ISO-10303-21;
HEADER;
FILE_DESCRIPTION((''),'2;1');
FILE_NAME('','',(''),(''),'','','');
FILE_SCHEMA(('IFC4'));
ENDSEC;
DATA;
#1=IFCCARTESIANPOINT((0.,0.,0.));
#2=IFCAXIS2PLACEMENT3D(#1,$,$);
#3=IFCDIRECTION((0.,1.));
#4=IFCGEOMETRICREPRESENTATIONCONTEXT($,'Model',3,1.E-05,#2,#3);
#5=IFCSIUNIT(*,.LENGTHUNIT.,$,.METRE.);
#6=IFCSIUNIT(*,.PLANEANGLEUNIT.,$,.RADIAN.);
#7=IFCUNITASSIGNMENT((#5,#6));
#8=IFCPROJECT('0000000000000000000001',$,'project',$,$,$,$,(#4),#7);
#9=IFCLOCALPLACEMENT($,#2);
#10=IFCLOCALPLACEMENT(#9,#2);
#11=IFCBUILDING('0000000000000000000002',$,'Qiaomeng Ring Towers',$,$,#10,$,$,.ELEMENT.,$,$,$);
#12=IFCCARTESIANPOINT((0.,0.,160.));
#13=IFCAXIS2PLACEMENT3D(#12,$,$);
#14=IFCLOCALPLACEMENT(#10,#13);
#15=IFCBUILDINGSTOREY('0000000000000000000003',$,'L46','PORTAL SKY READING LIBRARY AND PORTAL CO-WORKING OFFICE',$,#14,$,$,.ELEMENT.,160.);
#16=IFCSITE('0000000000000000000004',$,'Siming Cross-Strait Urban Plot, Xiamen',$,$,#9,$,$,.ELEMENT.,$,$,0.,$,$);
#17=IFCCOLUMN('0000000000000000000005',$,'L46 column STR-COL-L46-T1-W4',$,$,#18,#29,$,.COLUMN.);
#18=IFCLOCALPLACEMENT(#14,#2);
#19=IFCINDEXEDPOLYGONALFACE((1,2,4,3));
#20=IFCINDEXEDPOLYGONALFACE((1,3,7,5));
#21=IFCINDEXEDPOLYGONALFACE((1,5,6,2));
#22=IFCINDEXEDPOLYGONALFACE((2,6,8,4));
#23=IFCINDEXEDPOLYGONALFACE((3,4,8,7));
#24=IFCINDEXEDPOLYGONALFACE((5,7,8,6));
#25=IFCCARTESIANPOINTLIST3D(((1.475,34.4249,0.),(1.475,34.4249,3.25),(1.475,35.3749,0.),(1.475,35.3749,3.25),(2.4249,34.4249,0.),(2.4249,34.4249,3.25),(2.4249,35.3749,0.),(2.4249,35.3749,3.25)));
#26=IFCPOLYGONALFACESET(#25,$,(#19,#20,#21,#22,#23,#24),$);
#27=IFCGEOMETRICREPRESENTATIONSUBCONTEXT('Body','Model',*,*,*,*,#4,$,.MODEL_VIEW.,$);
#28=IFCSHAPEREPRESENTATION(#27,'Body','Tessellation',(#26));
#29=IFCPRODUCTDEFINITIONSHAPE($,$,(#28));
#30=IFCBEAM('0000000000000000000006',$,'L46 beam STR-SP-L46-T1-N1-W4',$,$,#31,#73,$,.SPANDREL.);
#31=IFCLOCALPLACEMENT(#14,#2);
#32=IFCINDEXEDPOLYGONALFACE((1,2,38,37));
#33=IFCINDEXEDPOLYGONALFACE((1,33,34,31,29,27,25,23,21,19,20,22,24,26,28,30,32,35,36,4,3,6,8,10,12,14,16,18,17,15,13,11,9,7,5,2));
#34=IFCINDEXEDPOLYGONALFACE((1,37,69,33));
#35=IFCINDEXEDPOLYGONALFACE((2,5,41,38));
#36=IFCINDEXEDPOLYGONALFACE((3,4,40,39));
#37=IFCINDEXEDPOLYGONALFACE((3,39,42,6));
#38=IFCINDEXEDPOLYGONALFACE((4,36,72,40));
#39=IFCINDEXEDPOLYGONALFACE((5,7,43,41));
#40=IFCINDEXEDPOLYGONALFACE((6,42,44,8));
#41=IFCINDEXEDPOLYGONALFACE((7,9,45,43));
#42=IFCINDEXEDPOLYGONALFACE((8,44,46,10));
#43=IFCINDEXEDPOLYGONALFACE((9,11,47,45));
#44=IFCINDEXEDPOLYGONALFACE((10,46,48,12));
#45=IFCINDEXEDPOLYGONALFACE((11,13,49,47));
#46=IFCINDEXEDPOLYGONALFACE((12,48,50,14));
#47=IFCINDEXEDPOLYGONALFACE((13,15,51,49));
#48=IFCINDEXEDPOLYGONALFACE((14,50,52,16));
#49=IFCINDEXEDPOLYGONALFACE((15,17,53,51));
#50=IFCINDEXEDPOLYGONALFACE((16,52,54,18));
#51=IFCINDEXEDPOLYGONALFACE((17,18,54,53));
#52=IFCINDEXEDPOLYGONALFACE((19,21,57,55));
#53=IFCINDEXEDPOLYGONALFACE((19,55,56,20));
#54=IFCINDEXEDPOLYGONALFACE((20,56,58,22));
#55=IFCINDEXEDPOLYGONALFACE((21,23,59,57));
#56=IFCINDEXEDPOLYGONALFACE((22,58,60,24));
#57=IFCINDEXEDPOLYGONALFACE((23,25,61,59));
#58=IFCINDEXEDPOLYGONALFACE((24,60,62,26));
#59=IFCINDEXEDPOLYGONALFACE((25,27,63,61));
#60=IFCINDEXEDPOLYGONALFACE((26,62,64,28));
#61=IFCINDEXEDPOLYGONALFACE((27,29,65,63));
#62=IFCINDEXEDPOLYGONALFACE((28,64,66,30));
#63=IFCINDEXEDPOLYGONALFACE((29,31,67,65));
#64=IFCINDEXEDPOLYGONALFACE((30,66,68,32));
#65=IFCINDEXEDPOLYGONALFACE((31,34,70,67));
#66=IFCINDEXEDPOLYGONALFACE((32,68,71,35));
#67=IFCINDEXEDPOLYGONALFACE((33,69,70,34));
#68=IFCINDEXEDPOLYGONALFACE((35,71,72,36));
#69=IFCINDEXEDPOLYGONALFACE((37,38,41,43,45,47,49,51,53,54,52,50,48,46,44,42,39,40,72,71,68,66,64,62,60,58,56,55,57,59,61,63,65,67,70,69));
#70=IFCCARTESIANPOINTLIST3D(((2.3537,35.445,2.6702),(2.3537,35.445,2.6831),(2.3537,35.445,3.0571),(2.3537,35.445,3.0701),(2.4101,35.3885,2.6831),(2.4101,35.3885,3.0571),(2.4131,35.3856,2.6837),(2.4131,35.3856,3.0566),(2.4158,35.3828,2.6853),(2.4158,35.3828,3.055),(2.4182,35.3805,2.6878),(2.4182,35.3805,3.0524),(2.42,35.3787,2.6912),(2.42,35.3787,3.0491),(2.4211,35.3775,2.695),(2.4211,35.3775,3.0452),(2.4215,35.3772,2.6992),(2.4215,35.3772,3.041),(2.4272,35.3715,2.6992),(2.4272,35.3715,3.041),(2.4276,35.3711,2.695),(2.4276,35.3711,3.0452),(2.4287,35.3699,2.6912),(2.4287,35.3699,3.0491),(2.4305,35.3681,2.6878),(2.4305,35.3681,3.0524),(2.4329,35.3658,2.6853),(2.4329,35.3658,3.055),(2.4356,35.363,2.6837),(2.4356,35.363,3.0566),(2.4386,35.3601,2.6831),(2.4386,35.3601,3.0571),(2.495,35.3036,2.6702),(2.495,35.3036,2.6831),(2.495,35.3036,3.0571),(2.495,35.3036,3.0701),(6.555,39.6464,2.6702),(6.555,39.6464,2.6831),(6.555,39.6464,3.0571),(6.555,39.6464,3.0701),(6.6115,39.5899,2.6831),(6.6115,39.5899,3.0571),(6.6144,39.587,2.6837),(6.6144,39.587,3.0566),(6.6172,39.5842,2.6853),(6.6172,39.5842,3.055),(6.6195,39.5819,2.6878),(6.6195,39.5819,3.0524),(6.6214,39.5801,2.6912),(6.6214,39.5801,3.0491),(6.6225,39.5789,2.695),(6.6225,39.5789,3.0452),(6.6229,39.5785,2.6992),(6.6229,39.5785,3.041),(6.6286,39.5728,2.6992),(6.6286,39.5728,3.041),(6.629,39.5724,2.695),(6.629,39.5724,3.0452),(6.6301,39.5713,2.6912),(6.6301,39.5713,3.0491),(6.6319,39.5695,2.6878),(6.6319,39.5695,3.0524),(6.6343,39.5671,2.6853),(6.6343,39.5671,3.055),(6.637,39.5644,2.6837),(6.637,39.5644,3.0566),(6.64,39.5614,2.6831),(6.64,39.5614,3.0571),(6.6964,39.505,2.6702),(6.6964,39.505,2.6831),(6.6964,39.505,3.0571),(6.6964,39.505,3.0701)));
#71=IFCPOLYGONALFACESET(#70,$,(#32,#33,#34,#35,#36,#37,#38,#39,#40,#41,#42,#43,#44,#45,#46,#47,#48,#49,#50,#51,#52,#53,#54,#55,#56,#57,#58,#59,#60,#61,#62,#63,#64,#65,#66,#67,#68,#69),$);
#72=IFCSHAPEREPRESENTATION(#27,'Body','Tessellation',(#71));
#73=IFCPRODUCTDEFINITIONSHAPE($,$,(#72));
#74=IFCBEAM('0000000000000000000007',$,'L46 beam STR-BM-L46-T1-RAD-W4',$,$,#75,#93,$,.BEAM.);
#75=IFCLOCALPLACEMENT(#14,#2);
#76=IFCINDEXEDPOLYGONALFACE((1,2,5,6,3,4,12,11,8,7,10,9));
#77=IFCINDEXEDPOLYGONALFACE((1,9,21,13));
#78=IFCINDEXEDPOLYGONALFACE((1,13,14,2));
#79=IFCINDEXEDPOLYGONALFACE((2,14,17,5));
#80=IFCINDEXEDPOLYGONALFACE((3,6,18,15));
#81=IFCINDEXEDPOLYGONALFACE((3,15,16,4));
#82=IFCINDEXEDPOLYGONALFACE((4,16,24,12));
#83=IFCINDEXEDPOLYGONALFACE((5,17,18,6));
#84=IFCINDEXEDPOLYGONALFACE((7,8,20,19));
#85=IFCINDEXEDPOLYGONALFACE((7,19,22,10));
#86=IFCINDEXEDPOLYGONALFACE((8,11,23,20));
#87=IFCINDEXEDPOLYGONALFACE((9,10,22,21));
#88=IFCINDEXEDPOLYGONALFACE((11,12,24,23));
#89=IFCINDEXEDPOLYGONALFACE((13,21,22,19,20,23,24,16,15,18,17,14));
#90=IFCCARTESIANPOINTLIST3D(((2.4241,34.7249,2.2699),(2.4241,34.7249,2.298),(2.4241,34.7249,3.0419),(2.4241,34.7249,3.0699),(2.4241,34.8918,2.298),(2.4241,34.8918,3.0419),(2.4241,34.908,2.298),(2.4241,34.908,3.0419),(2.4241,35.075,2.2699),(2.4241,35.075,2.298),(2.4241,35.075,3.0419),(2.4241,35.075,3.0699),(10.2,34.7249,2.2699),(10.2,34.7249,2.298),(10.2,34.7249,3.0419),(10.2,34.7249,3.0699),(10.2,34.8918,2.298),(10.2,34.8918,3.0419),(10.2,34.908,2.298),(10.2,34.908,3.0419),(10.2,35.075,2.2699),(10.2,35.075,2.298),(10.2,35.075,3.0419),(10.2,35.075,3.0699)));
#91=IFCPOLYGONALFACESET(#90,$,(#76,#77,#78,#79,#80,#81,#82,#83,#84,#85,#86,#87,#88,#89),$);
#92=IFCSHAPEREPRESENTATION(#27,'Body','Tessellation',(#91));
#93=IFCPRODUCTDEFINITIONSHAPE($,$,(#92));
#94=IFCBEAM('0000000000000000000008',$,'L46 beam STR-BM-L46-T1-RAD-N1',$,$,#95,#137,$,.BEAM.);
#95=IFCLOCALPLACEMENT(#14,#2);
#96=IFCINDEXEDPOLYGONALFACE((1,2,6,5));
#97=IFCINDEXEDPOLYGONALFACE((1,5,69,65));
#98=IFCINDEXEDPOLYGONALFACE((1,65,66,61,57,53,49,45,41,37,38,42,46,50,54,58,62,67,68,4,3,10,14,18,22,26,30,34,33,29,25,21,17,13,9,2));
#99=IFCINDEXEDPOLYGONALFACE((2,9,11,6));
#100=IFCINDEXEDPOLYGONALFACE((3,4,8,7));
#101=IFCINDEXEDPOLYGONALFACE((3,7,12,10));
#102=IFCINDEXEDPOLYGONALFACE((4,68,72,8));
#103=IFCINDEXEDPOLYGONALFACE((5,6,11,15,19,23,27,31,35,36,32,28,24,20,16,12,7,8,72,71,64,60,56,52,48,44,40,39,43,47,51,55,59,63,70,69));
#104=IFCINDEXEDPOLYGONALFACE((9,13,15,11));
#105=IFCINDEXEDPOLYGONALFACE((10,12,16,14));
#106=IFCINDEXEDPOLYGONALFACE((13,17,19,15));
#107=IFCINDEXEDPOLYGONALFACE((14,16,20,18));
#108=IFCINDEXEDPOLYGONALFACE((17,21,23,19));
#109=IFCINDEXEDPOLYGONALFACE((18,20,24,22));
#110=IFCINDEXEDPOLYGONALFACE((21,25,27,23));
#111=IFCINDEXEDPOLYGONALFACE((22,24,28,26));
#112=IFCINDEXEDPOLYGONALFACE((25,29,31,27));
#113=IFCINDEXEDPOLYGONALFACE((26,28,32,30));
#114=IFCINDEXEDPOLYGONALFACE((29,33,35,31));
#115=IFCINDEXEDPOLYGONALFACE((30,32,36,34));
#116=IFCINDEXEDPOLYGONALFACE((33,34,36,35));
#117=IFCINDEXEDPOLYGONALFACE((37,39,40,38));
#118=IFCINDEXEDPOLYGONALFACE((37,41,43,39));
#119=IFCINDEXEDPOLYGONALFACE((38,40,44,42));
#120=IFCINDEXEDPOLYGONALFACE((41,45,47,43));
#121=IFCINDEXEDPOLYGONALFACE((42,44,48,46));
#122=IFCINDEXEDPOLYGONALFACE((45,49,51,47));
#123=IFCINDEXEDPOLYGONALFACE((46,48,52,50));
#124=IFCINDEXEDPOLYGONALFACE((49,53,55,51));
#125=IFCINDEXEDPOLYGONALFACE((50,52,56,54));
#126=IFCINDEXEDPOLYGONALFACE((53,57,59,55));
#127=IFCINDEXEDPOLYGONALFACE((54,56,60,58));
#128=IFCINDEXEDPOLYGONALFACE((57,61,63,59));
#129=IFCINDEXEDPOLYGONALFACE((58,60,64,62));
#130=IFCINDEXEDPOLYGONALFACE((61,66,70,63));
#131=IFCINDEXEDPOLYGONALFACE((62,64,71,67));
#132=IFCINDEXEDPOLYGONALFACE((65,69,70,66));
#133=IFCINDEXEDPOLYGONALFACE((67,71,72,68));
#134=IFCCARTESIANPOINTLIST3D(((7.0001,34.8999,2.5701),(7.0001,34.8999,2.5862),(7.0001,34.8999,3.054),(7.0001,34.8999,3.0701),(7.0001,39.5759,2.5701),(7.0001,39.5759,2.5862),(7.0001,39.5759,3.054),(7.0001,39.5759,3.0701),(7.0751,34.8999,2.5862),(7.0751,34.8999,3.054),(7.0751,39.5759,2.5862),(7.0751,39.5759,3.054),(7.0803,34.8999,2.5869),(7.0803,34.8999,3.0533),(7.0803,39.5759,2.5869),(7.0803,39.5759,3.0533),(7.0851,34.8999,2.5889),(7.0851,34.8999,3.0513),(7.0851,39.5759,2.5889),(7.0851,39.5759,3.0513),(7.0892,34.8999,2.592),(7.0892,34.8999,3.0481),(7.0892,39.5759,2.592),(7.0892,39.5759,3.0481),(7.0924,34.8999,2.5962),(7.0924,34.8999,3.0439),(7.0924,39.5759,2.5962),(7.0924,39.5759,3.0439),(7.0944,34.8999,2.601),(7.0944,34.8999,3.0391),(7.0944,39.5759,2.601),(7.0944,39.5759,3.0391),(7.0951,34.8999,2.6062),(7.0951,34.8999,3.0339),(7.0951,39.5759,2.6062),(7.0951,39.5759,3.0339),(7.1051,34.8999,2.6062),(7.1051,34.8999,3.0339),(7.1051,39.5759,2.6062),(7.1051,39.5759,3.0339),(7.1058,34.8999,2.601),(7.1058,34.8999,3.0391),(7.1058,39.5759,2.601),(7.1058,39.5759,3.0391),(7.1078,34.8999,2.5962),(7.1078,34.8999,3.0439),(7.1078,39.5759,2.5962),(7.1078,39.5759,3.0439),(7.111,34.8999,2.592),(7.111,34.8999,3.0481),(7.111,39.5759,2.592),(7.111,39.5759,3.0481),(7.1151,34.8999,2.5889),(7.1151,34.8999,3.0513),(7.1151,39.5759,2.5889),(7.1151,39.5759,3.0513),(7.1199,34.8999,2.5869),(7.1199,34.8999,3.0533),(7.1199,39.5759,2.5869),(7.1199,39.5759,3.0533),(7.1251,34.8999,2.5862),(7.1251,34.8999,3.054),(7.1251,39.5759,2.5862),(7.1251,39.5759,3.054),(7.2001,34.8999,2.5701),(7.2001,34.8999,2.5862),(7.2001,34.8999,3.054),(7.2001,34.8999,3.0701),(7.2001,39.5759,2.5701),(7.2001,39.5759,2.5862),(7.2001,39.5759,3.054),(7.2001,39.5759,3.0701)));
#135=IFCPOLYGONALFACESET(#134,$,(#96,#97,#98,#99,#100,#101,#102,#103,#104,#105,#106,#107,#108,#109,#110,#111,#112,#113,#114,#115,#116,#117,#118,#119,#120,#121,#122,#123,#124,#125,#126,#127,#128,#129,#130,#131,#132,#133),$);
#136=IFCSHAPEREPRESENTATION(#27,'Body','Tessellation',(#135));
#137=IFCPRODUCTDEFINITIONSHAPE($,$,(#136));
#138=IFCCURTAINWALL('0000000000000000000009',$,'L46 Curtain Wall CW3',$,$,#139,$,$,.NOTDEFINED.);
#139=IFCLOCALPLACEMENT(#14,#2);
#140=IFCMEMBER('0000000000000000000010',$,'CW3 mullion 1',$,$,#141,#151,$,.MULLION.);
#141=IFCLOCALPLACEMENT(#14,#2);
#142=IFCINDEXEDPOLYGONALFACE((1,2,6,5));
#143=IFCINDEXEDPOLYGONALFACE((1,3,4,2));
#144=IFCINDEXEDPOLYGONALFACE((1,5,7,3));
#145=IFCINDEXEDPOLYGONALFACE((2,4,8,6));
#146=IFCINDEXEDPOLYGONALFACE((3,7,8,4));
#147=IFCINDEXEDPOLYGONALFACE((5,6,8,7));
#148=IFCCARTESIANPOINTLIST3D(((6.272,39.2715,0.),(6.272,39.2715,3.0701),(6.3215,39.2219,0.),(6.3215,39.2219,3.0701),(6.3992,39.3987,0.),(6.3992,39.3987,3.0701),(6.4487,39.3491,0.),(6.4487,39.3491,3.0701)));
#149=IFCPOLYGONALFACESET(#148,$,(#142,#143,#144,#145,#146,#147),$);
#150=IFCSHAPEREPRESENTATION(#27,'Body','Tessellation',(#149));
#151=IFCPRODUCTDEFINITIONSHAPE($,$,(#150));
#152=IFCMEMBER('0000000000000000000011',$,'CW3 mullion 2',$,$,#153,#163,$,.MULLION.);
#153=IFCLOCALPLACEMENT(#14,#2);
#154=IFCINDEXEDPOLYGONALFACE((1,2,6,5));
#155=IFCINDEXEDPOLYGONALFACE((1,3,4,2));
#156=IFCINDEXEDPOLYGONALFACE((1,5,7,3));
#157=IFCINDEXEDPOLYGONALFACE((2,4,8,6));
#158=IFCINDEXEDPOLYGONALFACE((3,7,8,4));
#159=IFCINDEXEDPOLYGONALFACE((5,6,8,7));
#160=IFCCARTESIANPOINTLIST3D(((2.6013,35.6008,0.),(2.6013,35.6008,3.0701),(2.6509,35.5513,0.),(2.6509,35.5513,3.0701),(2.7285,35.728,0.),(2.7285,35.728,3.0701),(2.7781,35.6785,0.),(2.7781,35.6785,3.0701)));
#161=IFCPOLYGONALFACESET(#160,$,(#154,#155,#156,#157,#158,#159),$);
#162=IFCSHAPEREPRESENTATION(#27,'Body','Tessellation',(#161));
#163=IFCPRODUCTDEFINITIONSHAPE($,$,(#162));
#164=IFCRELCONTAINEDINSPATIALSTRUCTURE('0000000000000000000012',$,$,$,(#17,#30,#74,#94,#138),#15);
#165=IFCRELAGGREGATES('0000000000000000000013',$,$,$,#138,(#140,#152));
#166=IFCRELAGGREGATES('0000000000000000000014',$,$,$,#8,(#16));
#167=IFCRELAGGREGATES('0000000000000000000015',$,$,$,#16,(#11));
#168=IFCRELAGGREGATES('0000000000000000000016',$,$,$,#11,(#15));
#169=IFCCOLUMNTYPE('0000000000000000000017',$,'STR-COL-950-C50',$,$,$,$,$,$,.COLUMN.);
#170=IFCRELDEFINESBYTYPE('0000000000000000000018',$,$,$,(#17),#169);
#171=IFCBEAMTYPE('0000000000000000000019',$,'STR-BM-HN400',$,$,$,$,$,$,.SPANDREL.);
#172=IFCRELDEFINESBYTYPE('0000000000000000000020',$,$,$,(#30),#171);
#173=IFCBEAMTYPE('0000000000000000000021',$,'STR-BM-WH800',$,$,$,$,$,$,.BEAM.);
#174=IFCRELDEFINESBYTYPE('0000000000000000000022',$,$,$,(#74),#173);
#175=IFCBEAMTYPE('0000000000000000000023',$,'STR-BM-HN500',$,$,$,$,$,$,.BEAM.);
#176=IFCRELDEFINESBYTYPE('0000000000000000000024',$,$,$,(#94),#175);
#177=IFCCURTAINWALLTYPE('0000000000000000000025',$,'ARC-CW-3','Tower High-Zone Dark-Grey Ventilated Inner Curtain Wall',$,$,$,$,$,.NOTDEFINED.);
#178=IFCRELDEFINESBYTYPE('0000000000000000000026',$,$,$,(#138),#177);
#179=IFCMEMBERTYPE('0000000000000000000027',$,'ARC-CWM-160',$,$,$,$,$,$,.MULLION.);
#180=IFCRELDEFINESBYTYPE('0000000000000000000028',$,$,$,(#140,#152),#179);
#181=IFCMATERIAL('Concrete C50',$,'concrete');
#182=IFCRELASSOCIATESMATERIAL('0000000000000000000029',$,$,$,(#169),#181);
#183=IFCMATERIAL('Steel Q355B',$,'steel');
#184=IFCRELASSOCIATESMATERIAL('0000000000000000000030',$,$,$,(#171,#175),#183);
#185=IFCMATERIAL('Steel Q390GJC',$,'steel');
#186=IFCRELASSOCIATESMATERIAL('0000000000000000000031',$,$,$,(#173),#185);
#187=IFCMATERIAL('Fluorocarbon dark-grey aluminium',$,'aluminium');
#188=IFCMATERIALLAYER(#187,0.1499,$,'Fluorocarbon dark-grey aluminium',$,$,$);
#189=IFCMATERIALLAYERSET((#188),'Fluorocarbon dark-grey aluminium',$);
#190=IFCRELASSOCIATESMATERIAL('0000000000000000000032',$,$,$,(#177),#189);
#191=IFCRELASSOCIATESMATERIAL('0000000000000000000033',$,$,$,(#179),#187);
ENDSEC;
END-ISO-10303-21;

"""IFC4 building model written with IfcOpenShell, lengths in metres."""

from ifc_helpers import new_model, si_unit, direction, frame, origin, origin_2d, place, context, subcontext, project, spatial, rectangle, i_section, extrude, source, transform, mapped, material, layer, layer_set, material_profile, profile_set, type_object, element, aggregate, save


model = new_model("IFC4")

# Units and contexts
model_context = context("Model", 3, precision=1e-05, world=origin(), true_north=direction((0.0, 1.0)))
body_context = subcontext(model_context, "Body", "Model", "MODEL_VIEW")
ifc_project = project(units=[si_unit("LENGTHUNIT", "METRE"), si_unit("PLANEANGLEUNIT", "RADIAN")], contexts=[model_context])

# Site, building, storey
site_placement = place(None, origin())
site = spatial("IfcSite", under=ifc_project, at=site_placement, Name="Siming Cross-Strait Urban Plot, Xiamen", CompositionType="ELEMENT", RefElevation=0.0)
building_placement = place(site_placement, origin())
building = spatial("IfcBuilding", under=site, at=building_placement, Name="Qiaomeng Ring Towers", CompositionType="ELEMENT")
storey_placement = place(building_placement, frame((0.0, 0.0, 160.0)))
storey = spatial("IfcBuildingStorey", under=building, at=storey_placement, Name="L46", Description="PORTAL SKY READING LIBRARY AND PORTAL CO-WORKING OFFICE", CompositionType="ELEMENT", Elevation=160.0)

# Column
ifc_material_1 = material(Name="Concrete C50", Category="concrete")
ifc_material_profile_1 = material_profile(ifc_material_1, rectangle(XDim=0.95, YDim=0.95, at=origin_2d()), Name="RC COL 950x950")
ifc_profile_set_1 = profile_set([ifc_material_profile_1], Name="Concrete C50")
column_type = type_object("IfcColumnType", Name="STR-COL-950-C50", PredefinedType="COLUMN", material=ifc_profile_set_1)
shared_shape_1 = source(origin(), body_context, "Body", "SweptSolid", [
    extrude(rectangle(XDim=0.95, YDim=0.95, at=origin_2d()), origin(), (0.0, 0.0, 1.0), 3.25),
])
column_placement = place(storey_placement, frame((1.95, 34.8999, 0.0), z_axis=(0.0, 0.0, 1.0), x_axis=(1.0, 0.0, 0.0)))
element("IfcColumn", 1, at=column_placement, inside=storey, type_object=column_type, Name="L46 column STR-COL-L46-T1-W4", PredefinedType="COLUMN", context=body_context, shape_type="MappedRepresentation", body=[
    mapped(shared_shape_1, transform((0.0, 0.0, 0.0), x_axis=(1.0, 0.0, 0.0), y_axis=(0.0, 1.0, 0.0), z_axis=(0.0, 0.0, 1.0), scale=1.0)),
])

# Beams
ifc_material_2 = material(Name="Steel Q355B", Category="steel")
ifc_material_profile_2 = material_profile(ifc_material_2, i_section(OverallWidth=0.2, OverallDepth=0.3999, WebThickness=0.0081, FlangeThickness=0.0129, FilletRadius=0.0161, at=origin_2d()), Name="HN 400x200x8x13")
ifc_profile_set_2 = profile_set([ifc_material_profile_2], Name="Steel Q355B")
beam_type_1 = type_object("IfcBeamType", Name="STR-BM-HN400", PredefinedType="SPANDREL", material=ifc_profile_set_2)
shared_shape_2 = source(origin(), body_context, "Body", "SweptSolid", [
    extrude(i_section(OverallWidth=0.2, OverallDepth=0.3999, WebThickness=0.0081, FlangeThickness=0.0129, FilletRadius=0.0161, at=origin_2d()), origin(), (0.0, 0.0, 1.0), 5.9417),
])
beam_1_placement = place(storey_placement, frame((6.6257, 39.5757, 2.8701), z_axis=(-0.707107, -0.707107, 0.0), x_axis=(0.707107, -0.707107, 0.0)))
element("IfcBeam", 2, at=beam_1_placement, inside=storey, type_object=beam_type_1, Name="L46 beam STR-SP-L46-T1-N1-W4", PredefinedType="SPANDREL", context=body_context, shape_type="MappedRepresentation", body=[
    mapped(shared_shape_2, transform((0.0, 0.0, 0.0), x_axis=(1.0, 0.0, 0.0), y_axis=(0.0, 1.0, 0.0), z_axis=(0.0, 0.0, 1.0), scale=1.0)),
])
ifc_material_3 = material(Name="Steel Q390GJC", Category="steel")
ifc_material_profile_3 = material_profile(ifc_material_3, i_section(OverallWidth=0.3501, OverallDepth=0.8, WebThickness=0.0161, FlangeThickness=0.0281, at=origin_2d()), Name="WH 800x350x16x28")
ifc_profile_set_3 = profile_set([ifc_material_profile_3], Name="Steel Q390GJC")
beam_type_2 = type_object("IfcBeamType", Name="STR-BM-WH800", PredefinedType="BEAM", material=ifc_profile_set_3)
shared_shape_3 = source(origin(), body_context, "Body", "SweptSolid", [
    extrude(i_section(OverallWidth=0.3501, OverallDepth=0.8, WebThickness=0.0161, FlangeThickness=0.0281, at=origin_2d()), origin(), (0.0, 0.0, 1.0), 7.7759),
])
beam_2_placement = place(storey_placement, frame((2.4241, 34.8999, 2.6699), z_axis=(1.0, 0.0, 0.0), x_axis=(0.0, 1.0, 0.0)))
element("IfcBeam", 3, at=beam_2_placement, inside=storey, type_object=beam_type_2, Name="L46 beam STR-BM-L46-T1-RAD-W4", PredefinedType="BEAM", context=body_context, shape_type="MappedRepresentation", body=[
    mapped(shared_shape_3, transform((0.0, 0.0, 0.0), x_axis=(1.0, 0.0, 0.0), y_axis=(0.0, 1.0, 0.0), z_axis=(0.0, 0.0, 1.0), scale=1.0)),
])
ifc_material_profile_4 = material_profile(ifc_material_2, i_section(OverallWidth=0.2, OverallDepth=0.5, WebThickness=0.01, FlangeThickness=0.0161, FilletRadius=0.02, at=origin_2d()), Name="HN 500x200x10x16")
ifc_profile_set_4 = profile_set([ifc_material_profile_4], Name="Steel Q355B")
beam_type_3 = type_object("IfcBeamType", Name="STR-BM-HN500", PredefinedType="BEAM", material=ifc_profile_set_4)
shared_shape_4 = source(origin(), body_context, "Body", "SweptSolid", [
    extrude(i_section(OverallWidth=0.2, OverallDepth=0.5, WebThickness=0.01, FlangeThickness=0.0161, FilletRadius=0.02, at=origin_2d()), origin(), (0.0, 0.0, 1.0), 4.676),
])
beam_3_placement = place(storey_placement, frame((7.1001, 39.5759, 2.8201), z_axis=(0.0, -1.0, 0.0), x_axis=(1.0, 0.0, 0.0)))
element("IfcBeam", 4, at=beam_3_placement, inside=storey, type_object=beam_type_3, Name="L46 beam STR-BM-L46-T1-RAD-N1", PredefinedType="BEAM", context=body_context, shape_type="MappedRepresentation", body=[
    mapped(shared_shape_4, transform((0.0, 0.0, 0.0), x_axis=(1.0, 0.0, 0.0), y_axis=(0.0, 1.0, 0.0), z_axis=(0.0, 0.0, 1.0), scale=1.0)),
])

# Curtain wall, members
ifc_material_4 = material(Name="Fluorocarbon dark-grey aluminium", Category="aluminium")
ifc_layer_1 = layer(ifc_material_4, 0.1499, Name="Fluorocarbon dark-grey aluminium")
ifc_layer_set_1 = layer_set([ifc_layer_1], Name="Fluorocarbon dark-grey aluminium")
curtain_wall_type = type_object("IfcCurtainWallType", Name="ARC-CW-3", Description="Tower High-Zone Dark-Grey Ventilated Inner Curtain Wall", PredefinedType="NOTDEFINED", material=ifc_layer_set_1)
curtain_wall_placement = place(storey_placement, origin())
curtain_wall = element("IfcCurtainWall", 5, at=curtain_wall_placement, inside=storey, type_object=curtain_wall_type, Name="L46 Curtain Wall CW3", PredefinedType="NOTDEFINED")
ifc_material_profile_5 = material_profile(ifc_material_4, rectangle(XDim=0.0701, YDim=0.1799, at=origin_2d()), Name="ALU MULL 70x180")
ifc_profile_set_5 = profile_set([ifc_material_profile_5], Name="Fluorocarbon dark-grey aluminium")
member_type_1 = type_object("IfcMemberType", Name="ARC-CWM-160", PredefinedType="MULLION", material=ifc_profile_set_5)
shared_shape_5 = source(origin(), body_context, "Body", "SweptSolid", [
    extrude(rectangle(XDim=0.0701, YDim=0.1799, at=origin_2d()), origin(), (0.0, 0.0, 1.0), 3.0701),
])
member_1_placement = place(storey_placement, frame((6.3604, 39.3103, 0.0), z_axis=(0.0, 0.0, 1.0), x_axis=(0.707107, -0.707107, 0.0)))
member_1 = element("IfcMember", 6, at=member_1_placement, type_object=member_type_1, Name="CW3 mullion 1", PredefinedType="MULLION", context=body_context, shape_type="MappedRepresentation", body=[
    mapped(shared_shape_5, transform((0.0, 0.0, 0.0), x_axis=(1.0, 0.0, 0.0), y_axis=(0.0, 1.0, 0.0), z_axis=(0.0, 0.0, 1.0), scale=1.0)),
])
member_2_placement = place(storey_placement, frame((2.6897, 35.6396, 0.0), z_axis=(0.0, 0.0, 1.0), x_axis=(0.707107, -0.707107, 0.0)))
member_2 = element("IfcMember", 7, at=member_2_placement, type_object=member_type_1, Name="CW3 mullion 2", PredefinedType="MULLION", context=body_context, shape_type="MappedRepresentation", body=[
    mapped(shared_shape_5, transform((0.0, 0.0, 0.0), x_axis=(1.0, 0.0, 0.0), y_axis=(0.0, 1.0, 0.0), z_axis=(0.0, 0.0, 1.0), scale=1.0)),
])
aggregate(curtain_wall, [member_1, member_2])

save(model, "model.ifc")
